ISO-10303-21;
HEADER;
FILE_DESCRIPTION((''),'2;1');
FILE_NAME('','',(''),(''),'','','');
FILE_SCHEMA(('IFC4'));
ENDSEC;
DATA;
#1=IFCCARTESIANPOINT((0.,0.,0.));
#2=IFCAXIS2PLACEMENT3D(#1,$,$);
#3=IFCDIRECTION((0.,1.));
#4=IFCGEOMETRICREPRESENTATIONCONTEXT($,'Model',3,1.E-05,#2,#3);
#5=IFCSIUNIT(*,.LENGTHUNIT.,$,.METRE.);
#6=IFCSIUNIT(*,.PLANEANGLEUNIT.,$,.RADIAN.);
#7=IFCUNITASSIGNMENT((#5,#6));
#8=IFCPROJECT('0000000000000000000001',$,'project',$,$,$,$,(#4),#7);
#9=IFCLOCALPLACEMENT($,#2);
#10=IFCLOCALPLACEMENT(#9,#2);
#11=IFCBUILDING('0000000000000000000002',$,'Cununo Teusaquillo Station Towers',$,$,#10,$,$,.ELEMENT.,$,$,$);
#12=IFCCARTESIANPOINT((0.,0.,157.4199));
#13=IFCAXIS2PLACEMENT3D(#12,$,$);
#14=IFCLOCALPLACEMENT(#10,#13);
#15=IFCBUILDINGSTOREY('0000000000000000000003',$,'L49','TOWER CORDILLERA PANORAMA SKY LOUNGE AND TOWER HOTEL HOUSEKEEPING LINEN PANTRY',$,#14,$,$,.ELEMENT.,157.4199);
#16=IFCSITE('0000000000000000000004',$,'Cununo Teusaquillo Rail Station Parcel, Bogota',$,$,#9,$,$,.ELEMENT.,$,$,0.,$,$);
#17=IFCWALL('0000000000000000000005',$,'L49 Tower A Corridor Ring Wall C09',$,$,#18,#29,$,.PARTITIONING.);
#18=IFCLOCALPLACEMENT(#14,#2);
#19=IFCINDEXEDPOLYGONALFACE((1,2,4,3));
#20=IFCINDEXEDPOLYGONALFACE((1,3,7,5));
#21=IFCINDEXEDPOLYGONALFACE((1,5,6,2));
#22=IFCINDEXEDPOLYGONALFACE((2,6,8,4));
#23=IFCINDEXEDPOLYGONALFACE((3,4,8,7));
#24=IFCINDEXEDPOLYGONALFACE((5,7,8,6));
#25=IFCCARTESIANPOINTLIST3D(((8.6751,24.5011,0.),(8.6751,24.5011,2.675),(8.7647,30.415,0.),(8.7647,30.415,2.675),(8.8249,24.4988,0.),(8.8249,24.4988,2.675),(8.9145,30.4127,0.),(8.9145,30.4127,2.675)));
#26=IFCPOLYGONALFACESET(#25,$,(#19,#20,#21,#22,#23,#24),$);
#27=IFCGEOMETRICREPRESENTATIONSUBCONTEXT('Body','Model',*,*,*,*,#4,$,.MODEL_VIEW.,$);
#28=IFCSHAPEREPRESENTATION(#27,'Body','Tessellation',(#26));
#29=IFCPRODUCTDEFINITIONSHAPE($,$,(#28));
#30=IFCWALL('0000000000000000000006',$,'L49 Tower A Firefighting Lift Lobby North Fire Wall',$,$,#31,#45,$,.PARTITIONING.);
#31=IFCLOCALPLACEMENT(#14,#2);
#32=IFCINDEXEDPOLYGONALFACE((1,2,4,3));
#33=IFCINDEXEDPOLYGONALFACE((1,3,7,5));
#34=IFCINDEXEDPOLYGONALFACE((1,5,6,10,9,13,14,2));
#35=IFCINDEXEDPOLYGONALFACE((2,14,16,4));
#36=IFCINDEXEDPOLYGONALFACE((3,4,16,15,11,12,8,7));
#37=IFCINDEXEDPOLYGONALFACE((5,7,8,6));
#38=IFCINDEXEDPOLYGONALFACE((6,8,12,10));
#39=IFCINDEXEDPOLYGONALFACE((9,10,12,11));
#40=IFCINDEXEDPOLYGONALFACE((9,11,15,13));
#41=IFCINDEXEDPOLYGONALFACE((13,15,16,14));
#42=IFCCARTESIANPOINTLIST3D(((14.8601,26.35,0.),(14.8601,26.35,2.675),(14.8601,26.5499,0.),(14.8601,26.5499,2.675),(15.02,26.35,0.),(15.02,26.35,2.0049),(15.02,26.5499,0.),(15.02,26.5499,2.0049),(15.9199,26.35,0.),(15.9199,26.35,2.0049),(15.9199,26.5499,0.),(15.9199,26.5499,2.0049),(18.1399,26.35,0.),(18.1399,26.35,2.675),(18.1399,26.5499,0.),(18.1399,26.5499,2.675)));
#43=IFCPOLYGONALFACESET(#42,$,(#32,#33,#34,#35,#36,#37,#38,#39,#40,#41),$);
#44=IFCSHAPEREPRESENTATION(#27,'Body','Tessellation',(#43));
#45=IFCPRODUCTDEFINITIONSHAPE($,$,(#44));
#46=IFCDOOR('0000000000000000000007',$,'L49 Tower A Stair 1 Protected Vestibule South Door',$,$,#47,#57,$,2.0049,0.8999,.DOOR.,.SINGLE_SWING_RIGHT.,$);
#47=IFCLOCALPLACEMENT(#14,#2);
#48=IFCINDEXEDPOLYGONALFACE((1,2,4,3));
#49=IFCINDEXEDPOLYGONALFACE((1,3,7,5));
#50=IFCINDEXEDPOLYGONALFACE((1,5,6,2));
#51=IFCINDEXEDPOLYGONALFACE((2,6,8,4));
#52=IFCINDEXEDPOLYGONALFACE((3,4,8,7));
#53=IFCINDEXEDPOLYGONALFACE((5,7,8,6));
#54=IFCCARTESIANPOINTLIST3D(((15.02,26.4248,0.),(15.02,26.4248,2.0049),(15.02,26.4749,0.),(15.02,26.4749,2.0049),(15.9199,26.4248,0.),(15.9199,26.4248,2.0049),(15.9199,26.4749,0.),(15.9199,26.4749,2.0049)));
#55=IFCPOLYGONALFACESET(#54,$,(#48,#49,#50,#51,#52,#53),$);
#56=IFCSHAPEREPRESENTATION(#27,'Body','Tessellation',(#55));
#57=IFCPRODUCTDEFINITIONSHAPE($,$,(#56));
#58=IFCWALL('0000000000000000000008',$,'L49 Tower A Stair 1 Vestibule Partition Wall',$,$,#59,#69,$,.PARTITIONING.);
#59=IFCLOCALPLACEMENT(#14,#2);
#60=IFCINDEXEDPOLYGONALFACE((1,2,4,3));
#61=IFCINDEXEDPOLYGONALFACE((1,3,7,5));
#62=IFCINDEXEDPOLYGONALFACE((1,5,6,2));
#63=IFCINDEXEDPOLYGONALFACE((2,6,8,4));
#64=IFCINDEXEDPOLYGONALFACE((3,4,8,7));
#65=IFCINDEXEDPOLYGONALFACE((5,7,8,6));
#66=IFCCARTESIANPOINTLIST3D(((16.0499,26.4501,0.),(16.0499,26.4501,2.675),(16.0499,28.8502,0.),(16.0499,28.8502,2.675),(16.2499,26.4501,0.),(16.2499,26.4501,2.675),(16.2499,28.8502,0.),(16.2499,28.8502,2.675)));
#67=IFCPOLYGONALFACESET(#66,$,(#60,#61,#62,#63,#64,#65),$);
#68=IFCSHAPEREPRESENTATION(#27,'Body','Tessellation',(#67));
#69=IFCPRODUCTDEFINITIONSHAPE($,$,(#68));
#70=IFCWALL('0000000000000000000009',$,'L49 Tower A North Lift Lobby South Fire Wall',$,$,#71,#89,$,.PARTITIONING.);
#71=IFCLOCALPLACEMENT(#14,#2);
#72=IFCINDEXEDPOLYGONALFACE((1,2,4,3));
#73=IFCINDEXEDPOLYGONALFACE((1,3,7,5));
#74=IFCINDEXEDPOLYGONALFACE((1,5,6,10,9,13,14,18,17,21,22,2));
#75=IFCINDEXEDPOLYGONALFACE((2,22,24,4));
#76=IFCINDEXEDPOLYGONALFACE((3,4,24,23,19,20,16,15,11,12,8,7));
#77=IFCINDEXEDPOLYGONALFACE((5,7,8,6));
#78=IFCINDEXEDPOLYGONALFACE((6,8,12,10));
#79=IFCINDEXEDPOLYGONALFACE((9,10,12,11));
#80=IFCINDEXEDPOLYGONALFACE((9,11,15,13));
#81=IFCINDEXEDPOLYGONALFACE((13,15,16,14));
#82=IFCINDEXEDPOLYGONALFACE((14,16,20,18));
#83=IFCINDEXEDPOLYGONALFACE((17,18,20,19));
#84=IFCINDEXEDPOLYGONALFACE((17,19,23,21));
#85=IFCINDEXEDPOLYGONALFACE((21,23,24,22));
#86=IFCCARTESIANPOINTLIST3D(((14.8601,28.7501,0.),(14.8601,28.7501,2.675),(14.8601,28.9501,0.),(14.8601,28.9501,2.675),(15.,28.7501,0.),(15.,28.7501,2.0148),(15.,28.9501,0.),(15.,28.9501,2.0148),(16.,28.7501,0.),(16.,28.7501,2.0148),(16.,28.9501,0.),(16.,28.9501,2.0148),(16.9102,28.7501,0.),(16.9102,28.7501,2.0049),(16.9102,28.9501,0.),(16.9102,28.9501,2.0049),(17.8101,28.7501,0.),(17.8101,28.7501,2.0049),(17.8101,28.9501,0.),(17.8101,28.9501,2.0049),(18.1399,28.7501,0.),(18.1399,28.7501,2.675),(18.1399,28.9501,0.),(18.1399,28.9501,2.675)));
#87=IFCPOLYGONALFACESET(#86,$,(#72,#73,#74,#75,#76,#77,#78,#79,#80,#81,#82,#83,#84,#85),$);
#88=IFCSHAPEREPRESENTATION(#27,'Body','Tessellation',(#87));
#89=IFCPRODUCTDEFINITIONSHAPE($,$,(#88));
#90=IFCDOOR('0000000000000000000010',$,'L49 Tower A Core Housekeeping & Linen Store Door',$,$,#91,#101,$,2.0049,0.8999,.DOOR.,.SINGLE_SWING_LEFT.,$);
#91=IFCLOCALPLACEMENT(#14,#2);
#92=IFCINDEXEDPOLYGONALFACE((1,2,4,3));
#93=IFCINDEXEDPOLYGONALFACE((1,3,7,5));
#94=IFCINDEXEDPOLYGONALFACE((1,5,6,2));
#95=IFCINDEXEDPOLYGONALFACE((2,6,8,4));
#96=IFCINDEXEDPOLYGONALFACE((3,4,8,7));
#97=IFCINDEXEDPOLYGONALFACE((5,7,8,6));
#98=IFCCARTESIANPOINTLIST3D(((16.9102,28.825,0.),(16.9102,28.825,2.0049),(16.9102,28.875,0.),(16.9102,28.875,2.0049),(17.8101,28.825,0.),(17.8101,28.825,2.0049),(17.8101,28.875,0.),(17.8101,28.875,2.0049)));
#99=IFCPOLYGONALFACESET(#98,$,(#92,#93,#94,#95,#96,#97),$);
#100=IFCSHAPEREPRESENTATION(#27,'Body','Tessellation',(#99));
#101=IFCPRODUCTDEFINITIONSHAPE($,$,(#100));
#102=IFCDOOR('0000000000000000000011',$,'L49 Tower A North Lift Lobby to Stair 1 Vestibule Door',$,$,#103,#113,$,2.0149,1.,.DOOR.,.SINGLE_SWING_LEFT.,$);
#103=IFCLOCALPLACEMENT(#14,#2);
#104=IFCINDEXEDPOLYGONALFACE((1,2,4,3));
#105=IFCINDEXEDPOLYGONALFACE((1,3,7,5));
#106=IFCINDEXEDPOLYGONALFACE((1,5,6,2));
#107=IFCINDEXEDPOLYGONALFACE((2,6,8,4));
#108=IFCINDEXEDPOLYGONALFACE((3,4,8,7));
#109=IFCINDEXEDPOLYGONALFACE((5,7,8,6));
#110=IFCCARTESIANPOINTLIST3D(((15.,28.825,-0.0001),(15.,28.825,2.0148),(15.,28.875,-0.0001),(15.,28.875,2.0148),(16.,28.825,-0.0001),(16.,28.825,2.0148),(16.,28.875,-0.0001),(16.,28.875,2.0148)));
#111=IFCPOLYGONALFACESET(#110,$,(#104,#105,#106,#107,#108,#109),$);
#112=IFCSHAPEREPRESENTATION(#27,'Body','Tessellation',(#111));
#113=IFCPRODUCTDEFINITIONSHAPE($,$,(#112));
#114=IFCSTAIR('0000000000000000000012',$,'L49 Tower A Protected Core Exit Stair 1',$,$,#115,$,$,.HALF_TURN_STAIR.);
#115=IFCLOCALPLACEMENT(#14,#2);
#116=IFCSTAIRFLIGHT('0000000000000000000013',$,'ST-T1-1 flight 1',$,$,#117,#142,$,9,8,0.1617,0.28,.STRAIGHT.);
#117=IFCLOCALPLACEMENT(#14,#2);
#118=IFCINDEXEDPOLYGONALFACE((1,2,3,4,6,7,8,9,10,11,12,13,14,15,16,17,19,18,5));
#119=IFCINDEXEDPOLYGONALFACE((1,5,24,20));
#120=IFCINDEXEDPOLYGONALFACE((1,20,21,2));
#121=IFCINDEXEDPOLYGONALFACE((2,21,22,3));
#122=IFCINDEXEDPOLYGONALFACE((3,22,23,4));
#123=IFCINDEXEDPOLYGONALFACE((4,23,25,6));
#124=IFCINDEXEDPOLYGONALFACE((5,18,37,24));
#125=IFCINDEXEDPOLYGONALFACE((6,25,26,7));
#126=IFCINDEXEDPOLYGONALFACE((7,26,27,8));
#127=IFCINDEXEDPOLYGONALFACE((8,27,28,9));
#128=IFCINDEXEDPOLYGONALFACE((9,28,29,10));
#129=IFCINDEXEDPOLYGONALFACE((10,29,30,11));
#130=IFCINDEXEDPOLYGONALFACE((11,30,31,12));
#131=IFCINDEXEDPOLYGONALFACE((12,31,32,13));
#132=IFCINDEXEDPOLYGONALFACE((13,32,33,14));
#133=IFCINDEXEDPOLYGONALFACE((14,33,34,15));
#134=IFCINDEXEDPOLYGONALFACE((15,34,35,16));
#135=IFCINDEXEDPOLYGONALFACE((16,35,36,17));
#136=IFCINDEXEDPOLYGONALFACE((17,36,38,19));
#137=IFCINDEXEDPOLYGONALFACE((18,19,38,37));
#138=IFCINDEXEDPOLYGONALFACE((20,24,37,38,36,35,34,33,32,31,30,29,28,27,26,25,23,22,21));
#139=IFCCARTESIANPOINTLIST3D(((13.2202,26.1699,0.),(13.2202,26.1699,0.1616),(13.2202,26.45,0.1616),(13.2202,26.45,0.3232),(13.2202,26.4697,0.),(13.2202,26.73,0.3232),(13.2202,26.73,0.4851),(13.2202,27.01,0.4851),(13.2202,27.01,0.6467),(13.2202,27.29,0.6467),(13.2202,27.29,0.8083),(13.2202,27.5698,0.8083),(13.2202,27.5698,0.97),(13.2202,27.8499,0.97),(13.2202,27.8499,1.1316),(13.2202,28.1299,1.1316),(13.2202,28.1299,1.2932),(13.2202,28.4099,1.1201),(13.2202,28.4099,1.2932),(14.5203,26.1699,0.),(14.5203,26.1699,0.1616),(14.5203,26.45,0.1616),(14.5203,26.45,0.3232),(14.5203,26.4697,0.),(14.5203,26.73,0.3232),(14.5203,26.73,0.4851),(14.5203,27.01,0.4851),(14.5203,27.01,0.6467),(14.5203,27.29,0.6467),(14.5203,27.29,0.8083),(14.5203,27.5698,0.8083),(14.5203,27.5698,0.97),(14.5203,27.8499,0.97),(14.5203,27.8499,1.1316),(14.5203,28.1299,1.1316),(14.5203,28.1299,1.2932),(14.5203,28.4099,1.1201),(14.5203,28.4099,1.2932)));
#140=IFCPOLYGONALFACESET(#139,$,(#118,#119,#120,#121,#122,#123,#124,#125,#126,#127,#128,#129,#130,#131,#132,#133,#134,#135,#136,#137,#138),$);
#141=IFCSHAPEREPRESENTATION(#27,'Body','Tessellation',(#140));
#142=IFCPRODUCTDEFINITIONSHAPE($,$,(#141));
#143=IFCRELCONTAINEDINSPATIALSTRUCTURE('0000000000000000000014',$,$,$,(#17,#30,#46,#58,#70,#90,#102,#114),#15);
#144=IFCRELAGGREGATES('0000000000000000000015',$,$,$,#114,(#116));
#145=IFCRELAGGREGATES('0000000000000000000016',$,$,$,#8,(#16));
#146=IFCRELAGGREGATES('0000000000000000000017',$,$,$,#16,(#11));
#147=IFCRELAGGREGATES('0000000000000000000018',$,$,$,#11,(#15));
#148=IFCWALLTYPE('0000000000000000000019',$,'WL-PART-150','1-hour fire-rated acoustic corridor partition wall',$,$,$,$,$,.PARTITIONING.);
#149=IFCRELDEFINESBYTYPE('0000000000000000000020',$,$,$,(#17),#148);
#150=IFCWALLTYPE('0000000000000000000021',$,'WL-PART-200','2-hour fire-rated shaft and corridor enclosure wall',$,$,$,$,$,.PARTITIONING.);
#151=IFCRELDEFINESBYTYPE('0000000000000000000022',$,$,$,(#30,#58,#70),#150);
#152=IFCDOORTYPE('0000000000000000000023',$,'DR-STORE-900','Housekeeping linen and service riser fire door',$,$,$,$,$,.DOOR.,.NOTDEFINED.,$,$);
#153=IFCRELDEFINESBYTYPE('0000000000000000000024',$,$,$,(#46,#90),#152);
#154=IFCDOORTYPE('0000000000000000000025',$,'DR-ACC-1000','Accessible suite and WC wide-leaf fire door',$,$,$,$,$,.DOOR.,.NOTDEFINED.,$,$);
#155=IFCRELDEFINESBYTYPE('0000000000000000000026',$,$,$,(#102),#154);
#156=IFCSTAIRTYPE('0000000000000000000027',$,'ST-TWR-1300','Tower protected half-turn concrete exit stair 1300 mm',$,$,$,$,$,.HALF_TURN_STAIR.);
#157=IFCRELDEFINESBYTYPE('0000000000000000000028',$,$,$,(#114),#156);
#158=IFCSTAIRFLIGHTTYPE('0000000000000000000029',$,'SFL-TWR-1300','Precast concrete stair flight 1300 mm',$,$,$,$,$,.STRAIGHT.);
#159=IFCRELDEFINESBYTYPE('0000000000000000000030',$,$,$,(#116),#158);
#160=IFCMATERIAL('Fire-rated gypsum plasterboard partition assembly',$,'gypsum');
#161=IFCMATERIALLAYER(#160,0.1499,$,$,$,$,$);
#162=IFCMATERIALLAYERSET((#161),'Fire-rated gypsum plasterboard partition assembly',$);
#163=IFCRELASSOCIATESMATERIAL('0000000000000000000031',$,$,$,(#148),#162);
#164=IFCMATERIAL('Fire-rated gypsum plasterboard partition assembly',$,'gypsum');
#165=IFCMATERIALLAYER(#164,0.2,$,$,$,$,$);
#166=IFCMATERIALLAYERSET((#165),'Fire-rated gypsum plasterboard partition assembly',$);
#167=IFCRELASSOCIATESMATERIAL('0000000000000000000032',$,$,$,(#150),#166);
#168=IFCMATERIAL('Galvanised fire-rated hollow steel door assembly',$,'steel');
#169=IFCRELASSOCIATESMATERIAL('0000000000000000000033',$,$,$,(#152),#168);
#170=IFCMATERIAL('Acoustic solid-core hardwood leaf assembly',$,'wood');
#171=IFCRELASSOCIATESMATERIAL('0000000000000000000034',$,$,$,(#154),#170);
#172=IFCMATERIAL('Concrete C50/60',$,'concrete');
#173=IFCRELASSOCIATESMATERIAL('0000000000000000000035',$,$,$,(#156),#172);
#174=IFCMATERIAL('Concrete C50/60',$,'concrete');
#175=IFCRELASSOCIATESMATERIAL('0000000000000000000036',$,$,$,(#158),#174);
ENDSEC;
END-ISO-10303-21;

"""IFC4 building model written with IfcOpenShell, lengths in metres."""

from ifc_helpers import new_model, si_unit, direction, frame, frame_2d, origin, place, context, subcontext, project, spatial, polyline, rectangle, outline, extrude, source, transform, mapped, material, layer, layer_set, type_object, element, fill, aggregate, save


model = new_model("IFC4")

# Units and contexts
model_context = context("Model", 3, precision=1e-05, world=origin(), true_north=direction((0.0, 1.0)))
body_context = subcontext(model_context, "Body", "Model", "MODEL_VIEW")
ifc_project = project(units=[si_unit("LENGTHUNIT", "METRE"), si_unit("PLANEANGLEUNIT", "RADIAN")], contexts=[model_context])

# Site, building, storey
site_placement = place(None, origin())
site = spatial("IfcSite", under=ifc_project, at=site_placement, Name="Cununo Teusaquillo Rail Station Parcel, Bogota", CompositionType="ELEMENT", RefElevation=0.0)
building_placement = place(site_placement, origin())
building = spatial("IfcBuilding", under=site, at=building_placement, Name="Cununo Teusaquillo Station Towers", CompositionType="ELEMENT")
storey_placement = place(building_placement, frame((0.0, 0.0, 157.4199)))
storey = spatial("IfcBuildingStorey", under=building, at=storey_placement, Name="L49", Description="TOWER CORDILLERA PANORAMA SKY LOUNGE AND TOWER HOTEL HOUSEKEEPING LINEN PANTRY", CompositionType="ELEMENT", Elevation=157.4199)

# Shared definitions
shared_shape_1 = source(origin(), body_context, "Body", "SweptSolid", [
    extrude(rectangle(XDim=0.8999, YDim=2.0049, at=frame_2d((0.45, 1.0024))), frame((0.0, 0.0249, 0.0), z_axis=(0.0, -1.0, 0.0), x_axis=(1.0, 0.0, 0.0)), (0.0, 0.0, 1.0), 0.05),
])

# Wall
ifc_material_1 = material(Name="Fire-rated gypsum plasterboard partition assembly", Category="gypsum")
ifc_layer_1 = layer(ifc_material_1, 0.1499)
ifc_layer_set_1 = layer_set([ifc_layer_1], Name="Fire-rated gypsum plasterboard partition assembly")
wall_type_1 = type_object("IfcWallType", Name="WL-PART-150", Description="1-hour fire-rated acoustic corridor partition wall", PredefinedType="PARTITIONING", material=ifc_layer_set_1)
wall_1_placement = place(storey_placement, frame((8.8396, 30.4138, 0.0), z_axis=(0.0, 0.0, 1.0), x_axis=(-0.015149, -0.999885, 0.0)))
element("IfcWall", 1, at=wall_1_placement, inside=storey, type_object=wall_type_1, Name="L49 Tower A Corridor Ring Wall C09", PredefinedType="PARTITIONING", context=body_context, shape_type="SweptSolid", body=[
    extrude(rectangle(XDim=5.9146, YDim=0.1499, at=frame_2d((2.9573, 0.0))), origin(), (0.0, 0.0, 1.0), 2.675),
])

# Wall, opening, door
ifc_material_2 = material(Name="Fire-rated gypsum plasterboard partition assembly", Category="gypsum")
ifc_layer_2 = layer(ifc_material_2, 0.2)
ifc_layer_set_2 = layer_set([ifc_layer_2], Name="Fire-rated gypsum plasterboard partition assembly")
wall_type_2 = type_object("IfcWallType", Name="WL-PART-200", Description="2-hour fire-rated shaft and corridor enclosure wall", PredefinedType="PARTITIONING", material=ifc_layer_set_2)
wall_2_placement = place(storey_placement, frame((14.8601, 26.45, 0.0), z_axis=(0.0, 0.0, 1.0), x_axis=(1.0, 0.0, 0.0)))
wall_2 = element("IfcWall", 2, at=wall_2_placement, inside=storey, type_object=wall_type_2, Name="L49 Tower A Firefighting Lift Lobby North Fire Wall", PredefinedType="PARTITIONING", context=body_context, shape_type="SweptSolid", body=[
    extrude(rectangle(XDim=3.2798, YDim=0.2, at=frame_2d((1.6399, 0.0))), origin(), (0.0, 0.0, 1.0), 2.675),
])
shared_shape_2 = source(origin(), body_context, "Body", "SweptSolid", [
    extrude(rectangle(XDim=0.8999, YDim=2.0049, at=frame_2d((0.45, 1.0024))), frame((0.0, 0.1099, 0.0), z_axis=(0.0, -1.0, 0.0), x_axis=(1.0, 0.0, 0.0)), (0.0, 0.0, 1.0), 0.22),
])
opening_1_placement = place(wall_2_placement, frame((0.1599, 0.0, 0.0)))
opening_1 = element("IfcOpeningElement", 3, at=opening_1_placement, cuts=wall_2, PredefinedType="OPENING", context=body_context, shape_type="MappedRepresentation", body=[
    mapped(shared_shape_2, transform((0.0, 0.0, 0.0), x_axis=(1.0, 0.0, 0.0), y_axis=(0.0, 1.0, 0.0), z_axis=(0.0, 0.0, 1.0), scale=1.0)),
])
ifc_material_3 = material(Name="Galvanised fire-rated hollow steel door assembly", Category="steel")
door_type_1 = type_object("IfcDoorType", Name="DR-STORE-900", Description="Housekeeping linen and service riser fire door", OperationType="NOTDEFINED", PredefinedType="DOOR", material=ifc_material_3)
door_1_placement = place(opening_1_placement, origin())
door_1 = element("IfcDoor", 4, at=door_1_placement, inside=storey, type_object=door_type_1, Name="L49 Tower A Stair 1 Protected Vestibule South Door", OperationType="SINGLE_SWING_RIGHT", OverallHeight=2.0049, OverallWidth=0.8999, PredefinedType="DOOR", context=body_context, shape_type="MappedRepresentation", body=[
    mapped(shared_shape_1, transform((0.0, 0.0, 0.0), x_axis=(1.0, 0.0, 0.0), y_axis=(0.0, 1.0, 0.0), z_axis=(0.0, 0.0, 1.0), scale=1.0)),
])
fill(opening_1, door_1)

# Wall
wall_3_placement = place(storey_placement, frame((16.1499, 26.45, 0.0), z_axis=(0.0, 0.0, 1.0), x_axis=(0.0, 1.0, 0.0)))
element("IfcWall", 5, at=wall_3_placement, inside=storey, type_object=wall_type_2, Name="L49 Tower A Stair 1 Vestibule Partition Wall", PredefinedType="PARTITIONING", context=body_context, shape_type="SweptSolid", body=[
    extrude(rectangle(XDim=2.4001, YDim=0.2, at=frame_2d((1.2002, 0.0))), origin(), (0.0, 0.0, 1.0), 2.675),
])

# Wall, openings, doors
wall_4_placement = place(storey_placement, frame((14.8601, 28.8501, 0.0), z_axis=(0.0, 0.0, 1.0), x_axis=(1.0, 0.0, 0.0)))
wall_4 = element("IfcWall", 6, at=wall_4_placement, inside=storey, type_object=wall_type_2, Name="L49 Tower A North Lift Lobby South Fire Wall", PredefinedType="PARTITIONING", context=body_context, shape_type="SweptSolid", body=[
    extrude(rectangle(XDim=3.2798, YDim=0.2, at=frame_2d((1.6399, 0.0))), origin(), (0.0, 0.0, 1.0), 2.675),
])
shared_shape_3 = source(origin(), body_context, "Body", "SweptSolid", [
    extrude(rectangle(XDim=1.0, YDim=2.0149, at=frame_2d((0.5, 1.0073))), frame((0.0, 0.1099, 0.0), z_axis=(0.0, -1.0, 0.0), x_axis=(1.0, 0.0, 0.0)), (0.0, 0.0, 1.0), 0.22),
])
opening_2_placement = place(wall_4_placement, frame((0.1399, 0.0, 0.0)))
opening_2 = element("IfcOpeningElement", 7, at=opening_2_placement, cuts=wall_4, PredefinedType="OPENING", context=body_context, shape_type="MappedRepresentation", body=[
    mapped(shared_shape_3, transform((0.0, 0.0, 0.0), x_axis=(1.0, 0.0, 0.0), y_axis=(0.0, 1.0, 0.0), z_axis=(0.0, 0.0, 1.0), scale=1.0)),
])
opening_3_placement = place(wall_4_placement, frame((2.05, 0.0, 0.0)))
opening_3 = element("IfcOpeningElement", 8, at=opening_3_placement, cuts=wall_4, PredefinedType="OPENING", context=body_context, shape_type="MappedRepresentation", body=[
    mapped(shared_shape_2, transform((0.0, 0.0, 0.0), x_axis=(1.0, 0.0, 0.0), y_axis=(0.0, 1.0, 0.0), z_axis=(0.0, 0.0, 1.0), scale=1.0)),
])
door_2_placement = place(opening_3_placement, origin())
door_2 = element("IfcDoor", 9, at=door_2_placement, inside=storey, type_object=door_type_1, Name="L49 Tower A Core Housekeeping & Linen Store Door", OperationType="SINGLE_SWING_LEFT", OverallHeight=2.0049, OverallWidth=0.8999, PredefinedType="DOOR", context=body_context, shape_type="MappedRepresentation", body=[
    mapped(shared_shape_1, transform((0.0, 0.0, 0.0), x_axis=(1.0, 0.0, 0.0), y_axis=(0.0, 1.0, 0.0), z_axis=(0.0, 0.0, 1.0), scale=1.0)),
])
fill(opening_3, door_2)
ifc_material_4 = material(Name="Acoustic solid-core hardwood leaf assembly", Category="wood")
door_type_2 = type_object("IfcDoorType", Name="DR-ACC-1000", Description="Accessible suite and WC wide-leaf fire door", OperationType="NOTDEFINED", PredefinedType="DOOR", material=ifc_material_4)
shared_shape_4 = source(origin(), body_context, "Body", "SweptSolid", [
    extrude(rectangle(XDim=1.0, YDim=2.0149, at=frame_2d((0.5, 1.0073))), frame((0.0, 0.0249, 0.0), z_axis=(0.0, -1.0, 0.0), x_axis=(1.0, 0.0, 0.0)), (0.0, 0.0, 1.0), 0.05),
])
door_3_placement = place(opening_2_placement, origin())
door_3 = element("IfcDoor", 10, at=door_3_placement, inside=storey, type_object=door_type_2, Name="L49 Tower A North Lift Lobby to Stair 1 Vestibule Door", OperationType="SINGLE_SWING_LEFT", OverallHeight=2.0149, OverallWidth=1.0, PredefinedType="DOOR", context=body_context, shape_type="MappedRepresentation", body=[
    mapped(shared_shape_4, transform((0.0, 0.0, 0.0), x_axis=(1.0, 0.0, 0.0), y_axis=(0.0, 1.0, 0.0), z_axis=(0.0, 0.0, 1.0), scale=1.0)),
])
fill(opening_2, door_3)

# Stair, stair flight
ifc_material_5 = material(Name="Concrete C50/60", Category="concrete")
stair_type = type_object("IfcStairType", Name="ST-TWR-1300", Description="Tower protected half-turn concrete exit stair 1300 mm", PredefinedType="HALF_TURN_STAIR", material=ifc_material_5)
stair_placement = place(storey_placement, origin())
stair = element("IfcStair", 11, at=stair_placement, inside=storey, type_object=stair_type, Name="L49 Tower A Protected Core Exit Stair 1", PredefinedType="HALF_TURN_STAIR")
ifc_material_6 = material(Name="Concrete C50/60", Category="concrete")
stair_flight_type = type_object("IfcStairFlightType", Name="SFL-TWR-1300", Description="Precast concrete stair flight 1300 mm", PredefinedType="STRAIGHT", material=ifc_material_6)
stair_flight_1_placement = place(storey_placement, frame((13.8701, 26.1699, 0.0), z_axis=(0.0, 0.0, 1.0), x_axis=(0.0, 1.0, 0.0)))
stair_flight_1 = element("IfcStairFlight", 12, at=stair_flight_1_placement, type_object=stair_flight_type, Name="ST-T1-1 flight 1", NumberOfRisers=9, NumberOfTreads=8, PredefinedType="STRAIGHT", RiserHeight=0.1617, TreadLength=0.28, context=body_context, shape_type="SweptSolid", body=[
    extrude(outline(polyline([(0.0, 0.0), (0.0, 0.1616), (0.28, 0.1616), (0.28, 0.3232), (0.5601, 0.3232), (0.5601, 0.4851), (0.8401, 0.4851), (0.8401, 0.6467), (1.1201, 0.6467), (1.1201, 0.8083), (1.3999, 0.8083), (1.3999, 0.97), (1.6799, 0.97), (1.6799, 1.1316), (1.96, 1.1316), (1.96, 1.2932), (2.24, 1.2932), (2.24, 1.4551), (2.24, 1.1201), (0.2998, 0.0), (0.0, 0.0)])), frame((0.0, 0.6499, 0.0), z_axis=(0.0, -1.0, 0.0), x_axis=(1.0, 0.0, 0.0)), (0.0, 0.0, 1.0), 1.3),
])
aggregate(stair, [stair_flight_1])

save(model, "model.ifc")
